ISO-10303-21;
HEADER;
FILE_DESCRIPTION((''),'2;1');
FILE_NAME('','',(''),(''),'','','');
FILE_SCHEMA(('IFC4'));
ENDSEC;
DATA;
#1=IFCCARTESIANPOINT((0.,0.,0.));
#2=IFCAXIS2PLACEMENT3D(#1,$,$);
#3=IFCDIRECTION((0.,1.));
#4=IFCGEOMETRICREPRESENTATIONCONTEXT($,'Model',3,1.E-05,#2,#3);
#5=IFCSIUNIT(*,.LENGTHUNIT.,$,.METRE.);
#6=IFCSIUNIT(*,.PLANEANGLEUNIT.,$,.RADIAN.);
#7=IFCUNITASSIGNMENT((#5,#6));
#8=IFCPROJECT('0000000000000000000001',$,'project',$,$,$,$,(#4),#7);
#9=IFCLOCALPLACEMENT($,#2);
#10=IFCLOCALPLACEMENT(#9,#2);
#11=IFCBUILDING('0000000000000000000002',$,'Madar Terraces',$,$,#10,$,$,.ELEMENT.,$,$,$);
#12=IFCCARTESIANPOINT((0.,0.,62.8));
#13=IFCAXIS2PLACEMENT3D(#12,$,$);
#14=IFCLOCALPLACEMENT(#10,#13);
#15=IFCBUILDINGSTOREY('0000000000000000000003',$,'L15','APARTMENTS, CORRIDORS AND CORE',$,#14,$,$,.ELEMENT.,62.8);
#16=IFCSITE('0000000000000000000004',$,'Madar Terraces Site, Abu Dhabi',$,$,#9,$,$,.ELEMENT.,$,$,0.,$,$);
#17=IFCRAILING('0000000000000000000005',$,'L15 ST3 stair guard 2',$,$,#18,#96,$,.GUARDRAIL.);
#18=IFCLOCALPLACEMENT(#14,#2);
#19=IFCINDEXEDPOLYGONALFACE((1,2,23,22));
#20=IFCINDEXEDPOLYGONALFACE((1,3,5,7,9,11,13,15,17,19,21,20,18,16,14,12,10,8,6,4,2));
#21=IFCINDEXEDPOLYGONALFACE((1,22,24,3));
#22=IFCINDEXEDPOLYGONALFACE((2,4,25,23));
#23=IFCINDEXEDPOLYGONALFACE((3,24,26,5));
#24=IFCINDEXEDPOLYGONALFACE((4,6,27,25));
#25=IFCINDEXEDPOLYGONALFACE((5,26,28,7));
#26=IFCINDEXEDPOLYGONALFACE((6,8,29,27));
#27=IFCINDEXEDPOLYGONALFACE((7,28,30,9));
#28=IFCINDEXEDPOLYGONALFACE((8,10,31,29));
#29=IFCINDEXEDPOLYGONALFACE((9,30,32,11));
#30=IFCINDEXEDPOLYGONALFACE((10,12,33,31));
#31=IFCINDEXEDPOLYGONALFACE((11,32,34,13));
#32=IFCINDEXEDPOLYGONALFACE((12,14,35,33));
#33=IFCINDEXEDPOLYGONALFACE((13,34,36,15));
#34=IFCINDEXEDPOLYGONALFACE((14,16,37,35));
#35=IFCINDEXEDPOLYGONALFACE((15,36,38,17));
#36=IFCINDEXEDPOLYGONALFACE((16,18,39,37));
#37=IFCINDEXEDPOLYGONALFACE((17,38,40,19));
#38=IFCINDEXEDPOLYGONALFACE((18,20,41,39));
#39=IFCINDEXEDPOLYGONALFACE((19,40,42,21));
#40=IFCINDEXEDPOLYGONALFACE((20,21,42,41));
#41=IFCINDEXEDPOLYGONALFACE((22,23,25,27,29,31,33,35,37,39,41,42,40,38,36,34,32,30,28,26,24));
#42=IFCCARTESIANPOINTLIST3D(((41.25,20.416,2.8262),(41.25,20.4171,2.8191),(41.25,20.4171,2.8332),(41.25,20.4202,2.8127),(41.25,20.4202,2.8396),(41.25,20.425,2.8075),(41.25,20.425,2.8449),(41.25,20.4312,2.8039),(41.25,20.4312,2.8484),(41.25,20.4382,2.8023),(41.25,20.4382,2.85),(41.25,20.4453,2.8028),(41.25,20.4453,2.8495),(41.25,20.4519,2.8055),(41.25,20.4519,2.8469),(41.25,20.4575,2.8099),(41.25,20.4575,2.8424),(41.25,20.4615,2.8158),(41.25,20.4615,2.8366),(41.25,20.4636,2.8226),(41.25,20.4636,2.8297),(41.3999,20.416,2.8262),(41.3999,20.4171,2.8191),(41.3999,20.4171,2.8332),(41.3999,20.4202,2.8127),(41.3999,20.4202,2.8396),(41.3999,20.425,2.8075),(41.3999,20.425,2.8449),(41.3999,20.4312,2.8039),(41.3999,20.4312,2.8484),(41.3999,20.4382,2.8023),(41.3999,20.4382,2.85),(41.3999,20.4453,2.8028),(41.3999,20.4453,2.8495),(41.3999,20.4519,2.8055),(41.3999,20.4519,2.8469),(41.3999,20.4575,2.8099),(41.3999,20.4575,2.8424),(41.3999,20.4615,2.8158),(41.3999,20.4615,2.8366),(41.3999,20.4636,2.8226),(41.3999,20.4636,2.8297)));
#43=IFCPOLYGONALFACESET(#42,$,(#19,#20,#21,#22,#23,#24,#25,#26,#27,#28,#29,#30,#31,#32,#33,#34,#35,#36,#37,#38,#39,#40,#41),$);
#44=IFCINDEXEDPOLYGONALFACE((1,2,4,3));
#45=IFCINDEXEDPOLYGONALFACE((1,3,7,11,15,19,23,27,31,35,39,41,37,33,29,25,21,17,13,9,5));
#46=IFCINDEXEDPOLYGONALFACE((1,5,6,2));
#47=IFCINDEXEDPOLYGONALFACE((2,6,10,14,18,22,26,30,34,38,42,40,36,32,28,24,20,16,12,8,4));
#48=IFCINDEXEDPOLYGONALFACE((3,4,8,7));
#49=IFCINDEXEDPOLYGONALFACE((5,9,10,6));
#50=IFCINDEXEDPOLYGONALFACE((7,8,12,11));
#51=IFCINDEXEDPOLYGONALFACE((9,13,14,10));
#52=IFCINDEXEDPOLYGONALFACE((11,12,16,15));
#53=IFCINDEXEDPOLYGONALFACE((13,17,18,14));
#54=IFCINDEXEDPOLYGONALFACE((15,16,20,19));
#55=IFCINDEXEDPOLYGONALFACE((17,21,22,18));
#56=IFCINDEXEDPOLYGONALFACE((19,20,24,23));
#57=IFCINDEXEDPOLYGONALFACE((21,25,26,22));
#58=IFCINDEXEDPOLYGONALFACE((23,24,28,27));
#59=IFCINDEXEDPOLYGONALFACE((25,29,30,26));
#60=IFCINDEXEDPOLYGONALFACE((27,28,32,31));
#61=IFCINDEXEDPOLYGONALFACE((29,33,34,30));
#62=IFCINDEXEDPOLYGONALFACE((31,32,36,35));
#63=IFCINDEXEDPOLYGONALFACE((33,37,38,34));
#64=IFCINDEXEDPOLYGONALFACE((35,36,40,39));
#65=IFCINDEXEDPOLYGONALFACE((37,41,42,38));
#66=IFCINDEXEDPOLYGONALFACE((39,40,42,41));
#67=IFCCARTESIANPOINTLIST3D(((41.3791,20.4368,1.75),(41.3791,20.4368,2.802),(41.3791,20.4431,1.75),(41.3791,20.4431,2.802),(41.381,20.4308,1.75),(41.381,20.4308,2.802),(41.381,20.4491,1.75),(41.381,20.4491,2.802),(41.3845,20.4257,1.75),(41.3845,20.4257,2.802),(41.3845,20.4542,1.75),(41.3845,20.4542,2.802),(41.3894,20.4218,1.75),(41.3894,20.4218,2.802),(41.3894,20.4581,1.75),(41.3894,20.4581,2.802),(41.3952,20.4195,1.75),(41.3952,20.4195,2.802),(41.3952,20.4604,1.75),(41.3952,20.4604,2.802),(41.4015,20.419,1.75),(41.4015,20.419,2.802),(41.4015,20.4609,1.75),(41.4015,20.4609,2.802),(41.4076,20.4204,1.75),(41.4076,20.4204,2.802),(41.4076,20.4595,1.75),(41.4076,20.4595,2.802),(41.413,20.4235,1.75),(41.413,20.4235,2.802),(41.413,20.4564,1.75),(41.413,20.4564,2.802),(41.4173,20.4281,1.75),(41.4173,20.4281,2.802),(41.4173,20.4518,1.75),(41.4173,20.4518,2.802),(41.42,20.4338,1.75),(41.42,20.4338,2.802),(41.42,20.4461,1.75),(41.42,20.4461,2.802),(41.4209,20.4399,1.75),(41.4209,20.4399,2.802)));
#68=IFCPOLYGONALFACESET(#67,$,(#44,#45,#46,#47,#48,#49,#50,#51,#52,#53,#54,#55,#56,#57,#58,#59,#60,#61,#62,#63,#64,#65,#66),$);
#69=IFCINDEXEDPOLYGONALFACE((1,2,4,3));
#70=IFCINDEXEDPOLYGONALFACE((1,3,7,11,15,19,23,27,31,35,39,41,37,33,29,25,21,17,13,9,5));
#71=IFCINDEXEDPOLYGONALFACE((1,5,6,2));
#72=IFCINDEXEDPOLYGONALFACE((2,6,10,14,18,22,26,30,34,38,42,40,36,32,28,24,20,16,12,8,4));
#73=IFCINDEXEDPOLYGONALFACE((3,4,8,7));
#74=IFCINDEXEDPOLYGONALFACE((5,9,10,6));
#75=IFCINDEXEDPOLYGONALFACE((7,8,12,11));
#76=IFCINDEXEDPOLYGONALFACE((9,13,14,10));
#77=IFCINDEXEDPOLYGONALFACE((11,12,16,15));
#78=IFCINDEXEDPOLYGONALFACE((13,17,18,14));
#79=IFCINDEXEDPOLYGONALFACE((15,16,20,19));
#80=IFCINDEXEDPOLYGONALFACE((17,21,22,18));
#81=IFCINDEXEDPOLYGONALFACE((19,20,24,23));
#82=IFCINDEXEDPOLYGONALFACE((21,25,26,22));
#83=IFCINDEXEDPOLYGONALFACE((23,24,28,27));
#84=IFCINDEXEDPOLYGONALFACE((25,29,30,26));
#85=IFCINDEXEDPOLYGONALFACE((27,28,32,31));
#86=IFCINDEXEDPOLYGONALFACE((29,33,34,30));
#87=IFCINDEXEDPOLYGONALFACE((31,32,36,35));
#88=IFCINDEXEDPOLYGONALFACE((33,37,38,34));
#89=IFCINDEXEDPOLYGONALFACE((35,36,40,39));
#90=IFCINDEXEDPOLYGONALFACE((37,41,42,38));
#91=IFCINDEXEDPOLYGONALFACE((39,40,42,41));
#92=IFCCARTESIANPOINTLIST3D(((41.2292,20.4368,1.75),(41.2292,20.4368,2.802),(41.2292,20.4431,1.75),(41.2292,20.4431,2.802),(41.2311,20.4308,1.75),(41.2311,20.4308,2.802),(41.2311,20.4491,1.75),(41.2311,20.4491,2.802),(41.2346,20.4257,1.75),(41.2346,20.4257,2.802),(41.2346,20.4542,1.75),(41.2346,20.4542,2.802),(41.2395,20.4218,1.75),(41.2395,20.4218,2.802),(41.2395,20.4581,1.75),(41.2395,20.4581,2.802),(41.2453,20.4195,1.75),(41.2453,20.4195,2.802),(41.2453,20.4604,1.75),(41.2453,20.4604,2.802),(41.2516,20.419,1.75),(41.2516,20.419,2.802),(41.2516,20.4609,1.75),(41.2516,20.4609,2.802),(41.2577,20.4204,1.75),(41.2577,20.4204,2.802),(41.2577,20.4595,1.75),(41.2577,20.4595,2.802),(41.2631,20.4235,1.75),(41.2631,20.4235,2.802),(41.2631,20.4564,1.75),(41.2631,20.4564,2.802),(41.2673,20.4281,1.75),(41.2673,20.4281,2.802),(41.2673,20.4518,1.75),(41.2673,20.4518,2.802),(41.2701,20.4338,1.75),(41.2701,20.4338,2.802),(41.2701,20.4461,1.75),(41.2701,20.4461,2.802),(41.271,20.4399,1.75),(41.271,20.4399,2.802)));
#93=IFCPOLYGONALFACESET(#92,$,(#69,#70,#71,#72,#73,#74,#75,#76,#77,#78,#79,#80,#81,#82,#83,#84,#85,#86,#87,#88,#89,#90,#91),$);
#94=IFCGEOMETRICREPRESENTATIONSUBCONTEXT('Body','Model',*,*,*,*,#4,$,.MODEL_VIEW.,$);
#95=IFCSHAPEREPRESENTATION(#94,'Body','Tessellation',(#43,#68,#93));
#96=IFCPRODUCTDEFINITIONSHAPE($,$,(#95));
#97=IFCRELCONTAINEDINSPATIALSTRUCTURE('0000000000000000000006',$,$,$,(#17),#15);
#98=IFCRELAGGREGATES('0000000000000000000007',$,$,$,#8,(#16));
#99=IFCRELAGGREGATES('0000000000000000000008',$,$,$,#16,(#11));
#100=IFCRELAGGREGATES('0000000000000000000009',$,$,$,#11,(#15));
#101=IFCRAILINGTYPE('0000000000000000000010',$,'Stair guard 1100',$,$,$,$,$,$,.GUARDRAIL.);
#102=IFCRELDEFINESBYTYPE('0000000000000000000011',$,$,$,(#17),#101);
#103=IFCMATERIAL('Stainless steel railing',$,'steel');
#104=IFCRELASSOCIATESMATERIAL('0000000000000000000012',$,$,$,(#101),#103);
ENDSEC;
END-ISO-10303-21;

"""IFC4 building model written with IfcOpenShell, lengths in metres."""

from ifc_helpers import new_model, si_unit, direction, frame, origin, origin_2d, place, context, subcontext, project, spatial, circle, extrude, material, type_object, element, save


model = new_model("IFC4")

# Units and contexts
model_context = context("Model", 3, precision=1e-05, world=origin(), true_north=direction((0.0, 1.0)))
body_context = subcontext(model_context, "Body", "Model", "MODEL_VIEW")
ifc_project = project(units=[si_unit("LENGTHUNIT", "METRE"), si_unit("PLANEANGLEUNIT", "RADIAN")], contexts=[model_context])

# Site, building, storey
site_placement = place(None, origin())
site = spatial("IfcSite", under=ifc_project, at=site_placement, Name="Madar Terraces Site, Abu Dhabi", CompositionType="ELEMENT", RefElevation=0.0)
building_placement = place(site_placement, origin())
building = spatial("IfcBuilding", under=site, at=building_placement, Name="Madar Terraces", CompositionType="ELEMENT")
storey_placement = place(building_placement, frame((0.0, 0.0, 62.8)))
storey = spatial("IfcBuildingStorey", under=building, at=storey_placement, Name="L15", Description="APARTMENTS, CORRIDORS AND CORE", CompositionType="ELEMENT", Elevation=62.8)

# Railing
ifc_material_1 = material(Name="Stainless steel railing", Category="steel")
railing_type_1 = type_object("IfcRailingType", Name="Stair guard 1100", PredefinedType="GUARDRAIL", material=ifc_material_1)
railing_1_placement = place(storey_placement, frame((41.3999, 20.4399, 1.75)))
element("IfcRailing", 1, at=railing_1_placement, inside=storey, type_object=railing_type_1, Name="L15 ST3 stair guard 2", PredefinedType="GUARDRAIL", context=body_context, shape_type="SweptSolid", body=[
    extrude(circle(Radius=0.0239, at=origin_2d()), frame((0.0, 0.0, 1.0762), z_axis=(-1.0, 0.0, 0.0), x_axis=(0.0, -1.0, 0.0)), (0.0, 0.0, 1.0), 0.1499),
    extrude(circle(Radius=0.021, at=origin_2d()), origin(), (0.0, 0.0, 1.0), 1.052),
    extrude(circle(Radius=0.021, at=origin_2d()), frame((-0.1499, 0.0, 0.0)), (0.0, 0.0, 1.0), 1.052),
])

save(model, "model.ifc")
